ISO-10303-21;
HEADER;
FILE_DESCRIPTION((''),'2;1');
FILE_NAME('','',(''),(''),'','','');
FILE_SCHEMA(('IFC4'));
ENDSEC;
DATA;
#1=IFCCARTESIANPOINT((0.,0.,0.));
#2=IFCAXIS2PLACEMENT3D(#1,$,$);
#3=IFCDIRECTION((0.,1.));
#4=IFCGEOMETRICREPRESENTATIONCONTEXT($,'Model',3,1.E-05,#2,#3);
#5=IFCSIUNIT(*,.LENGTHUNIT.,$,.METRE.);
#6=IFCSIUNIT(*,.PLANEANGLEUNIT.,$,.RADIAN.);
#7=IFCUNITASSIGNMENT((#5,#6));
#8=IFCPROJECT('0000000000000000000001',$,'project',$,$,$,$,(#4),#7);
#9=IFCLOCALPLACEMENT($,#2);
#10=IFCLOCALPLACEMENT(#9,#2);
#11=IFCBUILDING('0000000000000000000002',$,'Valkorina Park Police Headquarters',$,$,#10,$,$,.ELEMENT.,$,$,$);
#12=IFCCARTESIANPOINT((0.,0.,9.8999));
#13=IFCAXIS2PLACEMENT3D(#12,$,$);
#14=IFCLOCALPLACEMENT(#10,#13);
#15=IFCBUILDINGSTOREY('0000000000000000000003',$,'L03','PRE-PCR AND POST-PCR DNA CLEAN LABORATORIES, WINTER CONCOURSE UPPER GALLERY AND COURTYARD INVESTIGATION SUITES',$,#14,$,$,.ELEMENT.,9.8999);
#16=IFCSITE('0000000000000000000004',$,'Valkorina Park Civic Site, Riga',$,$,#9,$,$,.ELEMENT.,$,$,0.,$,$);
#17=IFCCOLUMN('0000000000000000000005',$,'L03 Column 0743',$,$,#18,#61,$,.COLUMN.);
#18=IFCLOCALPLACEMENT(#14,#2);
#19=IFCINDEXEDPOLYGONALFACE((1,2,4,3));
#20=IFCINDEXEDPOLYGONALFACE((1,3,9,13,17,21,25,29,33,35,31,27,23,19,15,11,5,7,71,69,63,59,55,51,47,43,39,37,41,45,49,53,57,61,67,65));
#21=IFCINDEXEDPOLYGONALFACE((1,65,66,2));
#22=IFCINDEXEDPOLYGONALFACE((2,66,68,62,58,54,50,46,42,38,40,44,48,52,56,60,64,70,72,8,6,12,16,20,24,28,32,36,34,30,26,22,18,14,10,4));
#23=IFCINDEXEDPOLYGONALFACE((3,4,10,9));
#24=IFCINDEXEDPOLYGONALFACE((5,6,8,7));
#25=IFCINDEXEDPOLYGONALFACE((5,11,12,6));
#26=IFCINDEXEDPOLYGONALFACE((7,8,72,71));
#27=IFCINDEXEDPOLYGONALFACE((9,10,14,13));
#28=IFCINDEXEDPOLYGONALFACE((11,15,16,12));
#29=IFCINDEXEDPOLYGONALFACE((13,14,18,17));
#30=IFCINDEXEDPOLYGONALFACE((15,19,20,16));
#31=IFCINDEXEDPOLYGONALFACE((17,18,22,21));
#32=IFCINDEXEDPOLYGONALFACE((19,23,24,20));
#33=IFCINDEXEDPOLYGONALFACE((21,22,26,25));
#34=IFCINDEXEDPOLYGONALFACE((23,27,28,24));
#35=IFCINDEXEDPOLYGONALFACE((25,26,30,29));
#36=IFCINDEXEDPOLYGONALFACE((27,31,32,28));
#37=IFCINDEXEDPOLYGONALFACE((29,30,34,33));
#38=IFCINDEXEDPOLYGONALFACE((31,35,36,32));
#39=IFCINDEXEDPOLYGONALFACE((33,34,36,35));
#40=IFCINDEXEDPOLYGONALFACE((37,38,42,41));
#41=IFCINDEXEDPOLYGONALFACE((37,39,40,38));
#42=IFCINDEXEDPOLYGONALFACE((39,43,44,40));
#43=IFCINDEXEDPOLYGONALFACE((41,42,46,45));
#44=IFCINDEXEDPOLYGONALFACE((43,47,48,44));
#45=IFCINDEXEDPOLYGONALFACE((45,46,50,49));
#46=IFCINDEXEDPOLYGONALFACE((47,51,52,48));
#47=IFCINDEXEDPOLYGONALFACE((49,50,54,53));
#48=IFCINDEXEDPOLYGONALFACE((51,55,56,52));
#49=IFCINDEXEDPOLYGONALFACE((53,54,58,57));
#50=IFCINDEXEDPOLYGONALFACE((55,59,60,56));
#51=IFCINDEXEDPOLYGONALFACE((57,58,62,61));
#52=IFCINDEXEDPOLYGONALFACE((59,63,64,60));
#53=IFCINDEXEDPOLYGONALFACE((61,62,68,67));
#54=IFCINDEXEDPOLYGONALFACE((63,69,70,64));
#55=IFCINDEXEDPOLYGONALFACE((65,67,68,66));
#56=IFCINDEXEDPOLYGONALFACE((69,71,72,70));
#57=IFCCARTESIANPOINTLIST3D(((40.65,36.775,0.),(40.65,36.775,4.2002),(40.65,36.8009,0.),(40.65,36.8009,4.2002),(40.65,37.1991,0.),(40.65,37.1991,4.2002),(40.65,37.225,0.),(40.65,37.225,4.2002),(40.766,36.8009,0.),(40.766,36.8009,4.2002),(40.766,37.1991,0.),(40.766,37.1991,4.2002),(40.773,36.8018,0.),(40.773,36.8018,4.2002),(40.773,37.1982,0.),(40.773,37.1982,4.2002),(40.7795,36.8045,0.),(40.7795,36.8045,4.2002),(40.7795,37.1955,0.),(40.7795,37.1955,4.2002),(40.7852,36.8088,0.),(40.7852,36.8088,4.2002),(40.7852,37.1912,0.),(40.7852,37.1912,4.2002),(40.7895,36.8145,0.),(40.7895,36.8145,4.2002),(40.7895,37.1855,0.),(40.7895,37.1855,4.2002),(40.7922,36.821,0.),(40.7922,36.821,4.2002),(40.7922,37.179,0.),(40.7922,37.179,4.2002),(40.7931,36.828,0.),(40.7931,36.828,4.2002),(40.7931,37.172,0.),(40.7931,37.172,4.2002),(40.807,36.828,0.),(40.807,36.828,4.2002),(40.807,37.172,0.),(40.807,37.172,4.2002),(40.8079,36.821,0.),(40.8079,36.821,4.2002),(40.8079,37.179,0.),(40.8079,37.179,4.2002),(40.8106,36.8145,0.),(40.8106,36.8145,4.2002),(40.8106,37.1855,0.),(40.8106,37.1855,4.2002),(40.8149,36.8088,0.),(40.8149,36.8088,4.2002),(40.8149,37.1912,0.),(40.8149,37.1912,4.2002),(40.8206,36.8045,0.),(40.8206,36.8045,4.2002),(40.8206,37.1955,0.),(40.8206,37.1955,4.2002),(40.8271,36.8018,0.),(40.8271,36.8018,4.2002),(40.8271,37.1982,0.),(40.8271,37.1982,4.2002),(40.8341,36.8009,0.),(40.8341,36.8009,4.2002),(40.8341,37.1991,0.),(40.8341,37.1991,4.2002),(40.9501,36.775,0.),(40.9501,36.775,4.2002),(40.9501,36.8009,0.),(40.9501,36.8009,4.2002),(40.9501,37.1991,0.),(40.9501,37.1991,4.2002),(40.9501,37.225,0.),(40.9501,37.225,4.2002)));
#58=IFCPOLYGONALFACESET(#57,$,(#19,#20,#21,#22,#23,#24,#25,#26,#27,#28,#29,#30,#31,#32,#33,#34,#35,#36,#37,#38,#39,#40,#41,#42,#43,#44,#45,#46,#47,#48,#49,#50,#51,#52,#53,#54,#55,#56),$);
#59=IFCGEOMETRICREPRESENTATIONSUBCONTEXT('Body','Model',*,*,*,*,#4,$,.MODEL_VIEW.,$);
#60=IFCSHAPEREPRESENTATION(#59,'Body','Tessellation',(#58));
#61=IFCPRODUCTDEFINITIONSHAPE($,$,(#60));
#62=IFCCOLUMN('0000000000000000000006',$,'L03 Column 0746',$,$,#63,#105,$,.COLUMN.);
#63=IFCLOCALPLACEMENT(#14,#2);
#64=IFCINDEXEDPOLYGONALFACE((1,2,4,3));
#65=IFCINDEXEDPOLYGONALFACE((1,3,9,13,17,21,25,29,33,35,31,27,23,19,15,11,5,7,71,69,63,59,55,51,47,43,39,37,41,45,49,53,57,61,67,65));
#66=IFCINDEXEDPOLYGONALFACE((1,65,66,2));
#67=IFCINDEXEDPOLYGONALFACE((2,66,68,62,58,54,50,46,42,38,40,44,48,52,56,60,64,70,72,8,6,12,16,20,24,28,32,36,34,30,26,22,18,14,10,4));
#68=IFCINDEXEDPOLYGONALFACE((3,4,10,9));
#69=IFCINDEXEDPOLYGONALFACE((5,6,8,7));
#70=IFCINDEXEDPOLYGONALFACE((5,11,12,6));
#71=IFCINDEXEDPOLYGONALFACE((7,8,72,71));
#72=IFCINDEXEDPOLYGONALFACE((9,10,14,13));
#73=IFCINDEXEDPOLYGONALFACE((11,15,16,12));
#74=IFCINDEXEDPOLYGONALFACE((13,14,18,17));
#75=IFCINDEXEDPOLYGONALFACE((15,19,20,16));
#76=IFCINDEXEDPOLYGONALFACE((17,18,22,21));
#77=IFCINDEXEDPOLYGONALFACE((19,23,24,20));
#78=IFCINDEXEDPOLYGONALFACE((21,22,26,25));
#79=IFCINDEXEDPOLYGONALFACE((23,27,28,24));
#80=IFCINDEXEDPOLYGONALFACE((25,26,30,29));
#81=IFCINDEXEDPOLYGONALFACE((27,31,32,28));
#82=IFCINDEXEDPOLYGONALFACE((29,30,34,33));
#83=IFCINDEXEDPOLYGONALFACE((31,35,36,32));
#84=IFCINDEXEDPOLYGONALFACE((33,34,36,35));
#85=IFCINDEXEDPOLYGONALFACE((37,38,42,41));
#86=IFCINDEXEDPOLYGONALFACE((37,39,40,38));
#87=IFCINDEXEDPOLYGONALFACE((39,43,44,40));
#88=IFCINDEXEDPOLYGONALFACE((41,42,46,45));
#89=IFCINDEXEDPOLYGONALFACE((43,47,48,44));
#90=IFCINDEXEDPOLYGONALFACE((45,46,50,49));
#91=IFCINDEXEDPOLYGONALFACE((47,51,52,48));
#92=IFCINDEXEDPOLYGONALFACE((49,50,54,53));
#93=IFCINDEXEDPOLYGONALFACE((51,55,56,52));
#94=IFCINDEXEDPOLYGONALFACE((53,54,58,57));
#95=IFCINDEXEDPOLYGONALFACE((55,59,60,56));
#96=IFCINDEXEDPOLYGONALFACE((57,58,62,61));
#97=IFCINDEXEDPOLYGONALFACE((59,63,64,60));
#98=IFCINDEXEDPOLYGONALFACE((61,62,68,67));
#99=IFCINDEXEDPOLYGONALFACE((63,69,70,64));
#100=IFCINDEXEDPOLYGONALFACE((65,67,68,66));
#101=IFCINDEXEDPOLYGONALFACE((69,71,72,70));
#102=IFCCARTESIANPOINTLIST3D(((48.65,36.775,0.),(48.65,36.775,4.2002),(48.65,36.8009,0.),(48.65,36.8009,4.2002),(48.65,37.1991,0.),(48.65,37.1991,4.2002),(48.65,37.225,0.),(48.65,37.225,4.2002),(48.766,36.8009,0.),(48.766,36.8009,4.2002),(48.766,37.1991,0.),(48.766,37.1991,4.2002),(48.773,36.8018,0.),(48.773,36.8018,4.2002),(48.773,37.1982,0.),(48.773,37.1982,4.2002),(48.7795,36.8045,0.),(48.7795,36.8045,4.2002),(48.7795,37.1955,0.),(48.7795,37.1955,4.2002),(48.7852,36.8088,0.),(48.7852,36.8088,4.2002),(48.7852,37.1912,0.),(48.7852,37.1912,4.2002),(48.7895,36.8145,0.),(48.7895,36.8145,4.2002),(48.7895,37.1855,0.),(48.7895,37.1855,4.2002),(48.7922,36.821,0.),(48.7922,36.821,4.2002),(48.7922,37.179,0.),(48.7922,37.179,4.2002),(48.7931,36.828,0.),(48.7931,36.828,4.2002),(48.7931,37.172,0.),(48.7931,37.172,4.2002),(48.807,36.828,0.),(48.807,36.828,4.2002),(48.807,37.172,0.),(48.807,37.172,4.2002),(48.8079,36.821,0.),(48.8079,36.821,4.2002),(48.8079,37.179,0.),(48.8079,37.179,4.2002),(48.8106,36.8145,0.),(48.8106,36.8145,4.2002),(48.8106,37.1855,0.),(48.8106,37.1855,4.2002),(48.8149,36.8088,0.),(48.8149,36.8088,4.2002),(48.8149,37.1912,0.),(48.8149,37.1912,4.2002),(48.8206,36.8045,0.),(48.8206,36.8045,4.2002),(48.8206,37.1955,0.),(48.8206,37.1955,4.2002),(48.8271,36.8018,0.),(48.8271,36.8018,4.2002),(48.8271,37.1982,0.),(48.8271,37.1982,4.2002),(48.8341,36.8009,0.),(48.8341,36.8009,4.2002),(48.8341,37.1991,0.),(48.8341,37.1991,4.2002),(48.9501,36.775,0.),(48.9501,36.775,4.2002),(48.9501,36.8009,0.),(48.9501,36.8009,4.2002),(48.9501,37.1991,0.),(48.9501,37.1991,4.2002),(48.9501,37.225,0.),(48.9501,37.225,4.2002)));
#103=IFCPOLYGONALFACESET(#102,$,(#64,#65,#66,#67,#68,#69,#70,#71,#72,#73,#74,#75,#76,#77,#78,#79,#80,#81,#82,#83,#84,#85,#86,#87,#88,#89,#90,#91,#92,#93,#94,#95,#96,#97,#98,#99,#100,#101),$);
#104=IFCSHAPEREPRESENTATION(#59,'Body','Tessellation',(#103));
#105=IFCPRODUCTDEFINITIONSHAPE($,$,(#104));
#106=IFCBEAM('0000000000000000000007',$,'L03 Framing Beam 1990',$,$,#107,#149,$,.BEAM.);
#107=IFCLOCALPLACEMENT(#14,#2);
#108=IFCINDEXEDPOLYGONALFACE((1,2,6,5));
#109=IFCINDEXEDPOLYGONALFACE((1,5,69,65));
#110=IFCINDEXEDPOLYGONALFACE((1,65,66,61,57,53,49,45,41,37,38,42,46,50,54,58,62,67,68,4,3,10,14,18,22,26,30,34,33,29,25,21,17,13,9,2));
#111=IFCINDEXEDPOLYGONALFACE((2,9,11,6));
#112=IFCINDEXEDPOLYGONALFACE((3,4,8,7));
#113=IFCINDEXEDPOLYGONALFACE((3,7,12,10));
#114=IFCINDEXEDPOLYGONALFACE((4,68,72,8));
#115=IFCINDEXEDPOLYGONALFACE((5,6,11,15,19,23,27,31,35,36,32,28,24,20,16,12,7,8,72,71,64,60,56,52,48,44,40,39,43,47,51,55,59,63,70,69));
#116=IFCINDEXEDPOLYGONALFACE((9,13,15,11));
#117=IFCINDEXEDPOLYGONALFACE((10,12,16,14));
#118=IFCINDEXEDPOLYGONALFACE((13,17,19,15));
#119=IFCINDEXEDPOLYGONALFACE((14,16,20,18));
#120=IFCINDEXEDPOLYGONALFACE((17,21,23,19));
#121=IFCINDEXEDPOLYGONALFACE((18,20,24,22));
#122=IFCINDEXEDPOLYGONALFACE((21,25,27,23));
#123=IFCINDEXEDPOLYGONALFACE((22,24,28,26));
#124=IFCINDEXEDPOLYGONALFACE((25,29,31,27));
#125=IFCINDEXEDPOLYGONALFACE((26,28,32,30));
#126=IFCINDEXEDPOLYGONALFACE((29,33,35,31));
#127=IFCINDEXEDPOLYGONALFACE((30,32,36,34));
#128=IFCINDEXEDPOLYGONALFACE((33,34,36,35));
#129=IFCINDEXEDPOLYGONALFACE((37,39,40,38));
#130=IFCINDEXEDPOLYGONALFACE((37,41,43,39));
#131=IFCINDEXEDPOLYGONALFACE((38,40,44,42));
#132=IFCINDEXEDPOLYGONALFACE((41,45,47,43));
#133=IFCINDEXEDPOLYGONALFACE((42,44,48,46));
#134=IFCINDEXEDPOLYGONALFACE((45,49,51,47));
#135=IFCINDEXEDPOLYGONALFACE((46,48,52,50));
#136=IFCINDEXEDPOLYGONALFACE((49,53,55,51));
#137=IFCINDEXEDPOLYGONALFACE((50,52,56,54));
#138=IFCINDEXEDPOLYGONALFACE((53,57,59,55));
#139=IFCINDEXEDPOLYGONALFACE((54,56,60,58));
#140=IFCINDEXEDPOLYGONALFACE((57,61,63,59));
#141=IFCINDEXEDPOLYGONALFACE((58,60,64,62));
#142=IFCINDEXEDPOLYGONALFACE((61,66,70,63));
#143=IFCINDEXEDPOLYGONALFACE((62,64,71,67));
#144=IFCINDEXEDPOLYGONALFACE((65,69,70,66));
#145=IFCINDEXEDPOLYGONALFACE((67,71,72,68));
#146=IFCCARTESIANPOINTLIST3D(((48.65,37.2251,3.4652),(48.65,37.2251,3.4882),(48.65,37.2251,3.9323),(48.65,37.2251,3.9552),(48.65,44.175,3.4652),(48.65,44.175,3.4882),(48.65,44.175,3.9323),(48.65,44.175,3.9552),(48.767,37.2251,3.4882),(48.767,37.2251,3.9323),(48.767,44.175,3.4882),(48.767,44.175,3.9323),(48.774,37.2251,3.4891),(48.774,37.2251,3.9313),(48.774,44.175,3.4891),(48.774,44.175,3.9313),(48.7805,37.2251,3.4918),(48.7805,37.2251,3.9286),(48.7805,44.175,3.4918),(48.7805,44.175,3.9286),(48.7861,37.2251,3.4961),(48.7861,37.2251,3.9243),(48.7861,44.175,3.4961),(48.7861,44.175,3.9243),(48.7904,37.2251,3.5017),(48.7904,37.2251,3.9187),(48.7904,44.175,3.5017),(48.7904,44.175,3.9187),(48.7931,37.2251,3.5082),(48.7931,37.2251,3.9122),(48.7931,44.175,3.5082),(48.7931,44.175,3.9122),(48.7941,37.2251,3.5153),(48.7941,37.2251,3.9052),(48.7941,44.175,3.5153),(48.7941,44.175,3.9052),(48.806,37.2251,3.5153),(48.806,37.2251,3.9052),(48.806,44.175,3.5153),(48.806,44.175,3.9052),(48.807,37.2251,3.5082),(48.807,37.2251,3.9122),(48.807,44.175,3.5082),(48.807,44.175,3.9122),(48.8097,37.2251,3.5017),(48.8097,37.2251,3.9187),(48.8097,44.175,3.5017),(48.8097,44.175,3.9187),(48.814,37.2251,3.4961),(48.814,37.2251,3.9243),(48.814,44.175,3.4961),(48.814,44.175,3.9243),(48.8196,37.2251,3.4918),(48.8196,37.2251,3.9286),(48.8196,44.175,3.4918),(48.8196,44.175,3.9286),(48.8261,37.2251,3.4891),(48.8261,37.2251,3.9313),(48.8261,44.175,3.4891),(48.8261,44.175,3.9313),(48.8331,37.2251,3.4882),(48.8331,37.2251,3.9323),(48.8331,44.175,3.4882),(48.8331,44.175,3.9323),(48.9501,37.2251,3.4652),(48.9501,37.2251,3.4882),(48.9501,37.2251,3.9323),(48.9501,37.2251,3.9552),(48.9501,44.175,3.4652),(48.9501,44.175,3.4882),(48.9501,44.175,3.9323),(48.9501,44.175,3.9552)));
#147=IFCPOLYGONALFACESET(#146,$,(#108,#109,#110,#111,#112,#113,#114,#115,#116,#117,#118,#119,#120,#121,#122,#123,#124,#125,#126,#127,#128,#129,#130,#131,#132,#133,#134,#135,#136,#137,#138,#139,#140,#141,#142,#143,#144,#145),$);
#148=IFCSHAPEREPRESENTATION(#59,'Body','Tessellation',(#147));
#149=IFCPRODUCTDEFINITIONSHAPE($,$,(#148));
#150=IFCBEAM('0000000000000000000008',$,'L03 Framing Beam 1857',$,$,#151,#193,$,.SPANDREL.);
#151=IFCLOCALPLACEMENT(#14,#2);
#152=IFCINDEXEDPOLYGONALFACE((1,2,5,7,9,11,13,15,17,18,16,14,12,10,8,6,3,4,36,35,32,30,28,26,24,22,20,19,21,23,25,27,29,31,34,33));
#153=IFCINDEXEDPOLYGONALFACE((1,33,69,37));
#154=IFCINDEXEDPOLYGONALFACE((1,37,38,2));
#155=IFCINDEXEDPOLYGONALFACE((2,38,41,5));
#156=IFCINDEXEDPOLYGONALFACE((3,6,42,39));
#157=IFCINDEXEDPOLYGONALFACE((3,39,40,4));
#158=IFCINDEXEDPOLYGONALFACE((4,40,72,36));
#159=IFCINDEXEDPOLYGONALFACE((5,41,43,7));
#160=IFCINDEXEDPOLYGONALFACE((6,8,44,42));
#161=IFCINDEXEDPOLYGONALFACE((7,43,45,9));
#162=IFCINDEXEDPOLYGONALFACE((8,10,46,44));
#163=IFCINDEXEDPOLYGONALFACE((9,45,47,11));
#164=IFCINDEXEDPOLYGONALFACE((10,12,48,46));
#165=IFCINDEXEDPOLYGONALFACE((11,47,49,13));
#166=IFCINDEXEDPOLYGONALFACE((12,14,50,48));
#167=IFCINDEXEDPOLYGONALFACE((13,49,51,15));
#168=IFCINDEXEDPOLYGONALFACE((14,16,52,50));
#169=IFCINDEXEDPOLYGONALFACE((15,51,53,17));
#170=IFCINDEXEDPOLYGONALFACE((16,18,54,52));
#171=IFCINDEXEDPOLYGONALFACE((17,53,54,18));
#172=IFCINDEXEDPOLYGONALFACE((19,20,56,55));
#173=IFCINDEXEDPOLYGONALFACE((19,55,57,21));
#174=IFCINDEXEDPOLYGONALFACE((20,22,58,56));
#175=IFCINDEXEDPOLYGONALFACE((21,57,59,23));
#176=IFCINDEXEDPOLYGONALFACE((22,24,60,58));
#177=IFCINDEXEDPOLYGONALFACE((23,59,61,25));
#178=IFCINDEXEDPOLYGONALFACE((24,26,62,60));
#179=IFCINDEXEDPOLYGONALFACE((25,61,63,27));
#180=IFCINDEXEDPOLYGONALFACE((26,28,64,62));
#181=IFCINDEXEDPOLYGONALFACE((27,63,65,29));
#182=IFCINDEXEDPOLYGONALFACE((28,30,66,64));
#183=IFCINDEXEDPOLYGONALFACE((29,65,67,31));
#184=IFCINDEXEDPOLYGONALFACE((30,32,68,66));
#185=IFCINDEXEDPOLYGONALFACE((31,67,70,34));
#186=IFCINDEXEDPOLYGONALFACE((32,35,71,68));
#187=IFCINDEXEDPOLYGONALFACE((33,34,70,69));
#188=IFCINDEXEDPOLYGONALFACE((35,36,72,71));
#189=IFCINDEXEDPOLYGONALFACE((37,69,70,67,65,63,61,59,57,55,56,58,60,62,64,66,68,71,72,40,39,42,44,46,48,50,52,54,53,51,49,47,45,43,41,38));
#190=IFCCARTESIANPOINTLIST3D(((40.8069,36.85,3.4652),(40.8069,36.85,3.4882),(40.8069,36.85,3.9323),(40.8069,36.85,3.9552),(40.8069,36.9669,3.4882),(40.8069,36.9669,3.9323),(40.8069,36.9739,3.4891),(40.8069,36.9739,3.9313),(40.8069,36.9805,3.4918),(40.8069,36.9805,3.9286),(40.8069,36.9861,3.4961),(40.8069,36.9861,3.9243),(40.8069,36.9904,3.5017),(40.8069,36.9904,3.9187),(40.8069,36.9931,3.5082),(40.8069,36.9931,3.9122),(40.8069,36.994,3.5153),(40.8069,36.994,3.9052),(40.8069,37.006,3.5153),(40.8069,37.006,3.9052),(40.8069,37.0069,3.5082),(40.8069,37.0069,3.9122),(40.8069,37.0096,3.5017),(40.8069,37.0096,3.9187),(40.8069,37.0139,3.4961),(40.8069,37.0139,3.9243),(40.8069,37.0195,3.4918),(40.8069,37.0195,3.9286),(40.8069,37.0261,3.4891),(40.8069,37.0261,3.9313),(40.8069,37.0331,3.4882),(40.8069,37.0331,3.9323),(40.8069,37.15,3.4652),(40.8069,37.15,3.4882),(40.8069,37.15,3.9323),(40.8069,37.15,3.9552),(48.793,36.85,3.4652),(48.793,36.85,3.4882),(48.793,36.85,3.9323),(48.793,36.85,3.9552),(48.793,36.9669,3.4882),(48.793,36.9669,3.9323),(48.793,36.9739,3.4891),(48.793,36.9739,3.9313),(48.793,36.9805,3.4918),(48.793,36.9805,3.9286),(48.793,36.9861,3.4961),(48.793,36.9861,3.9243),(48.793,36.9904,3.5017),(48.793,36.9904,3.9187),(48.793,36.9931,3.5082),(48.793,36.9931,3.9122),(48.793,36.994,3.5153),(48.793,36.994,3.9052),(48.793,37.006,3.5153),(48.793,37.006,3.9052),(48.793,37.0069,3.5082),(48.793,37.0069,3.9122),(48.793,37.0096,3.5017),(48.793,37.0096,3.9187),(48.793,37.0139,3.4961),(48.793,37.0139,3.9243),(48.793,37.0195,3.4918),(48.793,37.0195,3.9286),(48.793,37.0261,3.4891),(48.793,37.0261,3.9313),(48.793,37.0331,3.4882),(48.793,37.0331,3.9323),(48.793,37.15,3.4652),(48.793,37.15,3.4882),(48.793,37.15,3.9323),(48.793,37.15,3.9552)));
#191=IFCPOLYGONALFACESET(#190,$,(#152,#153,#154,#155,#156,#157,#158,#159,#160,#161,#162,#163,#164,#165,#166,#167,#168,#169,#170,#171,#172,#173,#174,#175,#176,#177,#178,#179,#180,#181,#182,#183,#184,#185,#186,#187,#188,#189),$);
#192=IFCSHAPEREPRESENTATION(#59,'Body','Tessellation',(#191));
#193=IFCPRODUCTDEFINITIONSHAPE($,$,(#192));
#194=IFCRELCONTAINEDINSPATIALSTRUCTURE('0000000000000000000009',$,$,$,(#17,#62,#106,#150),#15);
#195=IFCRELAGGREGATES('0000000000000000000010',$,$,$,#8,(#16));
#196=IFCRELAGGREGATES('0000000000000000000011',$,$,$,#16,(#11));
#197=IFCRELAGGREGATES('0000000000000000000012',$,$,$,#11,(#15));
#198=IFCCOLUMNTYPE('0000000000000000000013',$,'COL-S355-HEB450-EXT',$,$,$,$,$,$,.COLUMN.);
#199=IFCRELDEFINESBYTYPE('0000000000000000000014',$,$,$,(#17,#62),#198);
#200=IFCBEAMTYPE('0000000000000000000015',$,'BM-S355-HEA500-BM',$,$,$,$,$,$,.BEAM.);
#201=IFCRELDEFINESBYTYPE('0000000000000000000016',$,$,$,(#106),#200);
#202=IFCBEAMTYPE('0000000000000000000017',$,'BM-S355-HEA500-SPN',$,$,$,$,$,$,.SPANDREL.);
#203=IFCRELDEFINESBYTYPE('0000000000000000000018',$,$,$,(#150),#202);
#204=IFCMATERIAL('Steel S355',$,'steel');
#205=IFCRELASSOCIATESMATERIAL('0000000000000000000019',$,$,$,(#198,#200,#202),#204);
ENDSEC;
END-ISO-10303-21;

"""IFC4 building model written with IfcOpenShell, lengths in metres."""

from ifc_helpers import new_model, si_unit, direction, frame, origin, origin_2d, place, context, subcontext, project, spatial, i_section, extrude, material, material_profile, profile_set, type_object, element, save


model = new_model("IFC4")

# Units and contexts
model_context = context("Model", 3, precision=1e-05, world=origin(), true_north=direction((0.0, 1.0)))
body_context = subcontext(model_context, "Body", "Model", "MODEL_VIEW")
ifc_project = project(units=[si_unit("LENGTHUNIT", "METRE"), si_unit("PLANEANGLEUNIT", "RADIAN")], contexts=[model_context])

# Site, building, storey
site_placement = place(None, origin())
site = spatial("IfcSite", under=ifc_project, at=site_placement, Name="Valkorina Park Civic Site, Riga", CompositionType="ELEMENT", RefElevation=0.0)
building_placement = place(site_placement, origin())
building = spatial("IfcBuilding", under=site, at=building_placement, Name="Valkorina Park Police Headquarters", CompositionType="ELEMENT")
storey_placement = place(building_placement, frame((0.0, 0.0, 9.8999)))
storey = spatial("IfcBuildingStorey", under=building, at=storey_placement, Name="L03", Description="PRE-PCR AND POST-PCR DNA CLEAN LABORATORIES, WINTER CONCOURSE UPPER GALLERY AND COURTYARD INVESTIGATION SUITES", CompositionType="ELEMENT", Elevation=9.8999)

# Columns
ifc_material_1 = material(Name="Steel S355", Category="steel")
ifc_material_profile_1 = material_profile(ifc_material_1, i_section(OverallWidth=0.3, OverallDepth=0.45, WebThickness=0.0139, FlangeThickness=0.0259, FilletRadius=0.0271, at=origin_2d()), Name="HEB 450")
ifc_profile_set_1 = profile_set([ifc_material_profile_1], Name="Steel S355")
column_type = type_object("IfcColumnType", Name="COL-S355-HEB450-EXT", PredefinedType="COLUMN", material=ifc_profile_set_1)
for number, where, z_axis, x_axis, name in (
    (1, (40.8, 37.0, 0.0), (0.0, 0.0, 1.0), (1.0, 0.0, 0.0), "L03 Column 0743"),
    (2, (48.8, 37.0, 0.0), (0.0, 0.0, 1.0), (1.0, 0.0, 0.0), "L03 Column 0746"),
):
    element("IfcColumn", number, at=place(storey_placement, frame(where, z_axis=z_axis, x_axis=x_axis)), inside=storey, type_object=column_type, Name=name, PredefinedType="COLUMN", context=body_context, shape_type="SweptSolid", body=[
        extrude(i_section(OverallWidth=0.3, OverallDepth=0.45, WebThickness=0.0139, FlangeThickness=0.0259, FilletRadius=0.0271, at=origin_2d()), origin(), (0.0, 0.0, 1.0), 4.2002),
    ])

# Beams
ifc_material_profile_2 = material_profile(ifc_material_1, i_section(OverallWidth=0.3, OverallDepth=0.49, WebThickness=0.012, FlangeThickness=0.0229, FilletRadius=0.0271, at=origin_2d()), Name="HEA 500")
ifc_profile_set_2 = profile_set([ifc_material_profile_2], Name="Steel S355")
beam_type_1 = type_object("IfcBeamType", Name="BM-S355-HEA500-BM", PredefinedType="BEAM", material=ifc_profile_set_2)
beam_1_placement = place(storey_placement, frame((48.8, 37.2251, 3.7102), z_axis=(0.0, 1.0, 0.0), x_axis=(-1.0, 0.0, 0.0)))
element("IfcBeam", 3, at=beam_1_placement, inside=storey, type_object=beam_type_1, Name="L03 Framing Beam 1990", PredefinedType="BEAM", context=body_context, shape_type="SweptSolid", body=[
    extrude(i_section(OverallWidth=0.3, OverallDepth=0.49, WebThickness=0.012, FlangeThickness=0.0229, FilletRadius=0.0271, at=origin_2d()), origin(), (0.0, 0.0, 1.0), 6.95),
])
ifc_material_profile_3 = material_profile(ifc_material_1, i_section(OverallWidth=0.3, OverallDepth=0.49, WebThickness=0.012, FlangeThickness=0.0229, FilletRadius=0.0271, at=origin_2d()), Name="HEA 500")
ifc_profile_set_3 = profile_set([ifc_material_profile_3], Name="Steel S355")
beam_type_2 = type_object("IfcBeamType", Name="BM-S355-HEA500-SPN", PredefinedType="SPANDREL", material=ifc_profile_set_3)
beam_2_placement = place(storey_placement, frame((40.8069, 37.0, 3.7102), z_axis=(1.0, 0.0, 0.0), x_axis=(0.0, 1.0, 0.0)))
element("IfcBeam", 4, at=beam_2_placement, inside=storey, type_object=beam_type_2, Name="L03 Framing Beam 1857", PredefinedType="SPANDREL", context=body_context, shape_type="SweptSolid", body=[
    extrude(i_section(OverallWidth=0.3, OverallDepth=0.49, WebThickness=0.012, FlangeThickness=0.0229, FilletRadius=0.0271, at=origin_2d()), origin(), (0.0, 0.0, 1.0), 7.9861),
])

save(model, "model.ifc")
